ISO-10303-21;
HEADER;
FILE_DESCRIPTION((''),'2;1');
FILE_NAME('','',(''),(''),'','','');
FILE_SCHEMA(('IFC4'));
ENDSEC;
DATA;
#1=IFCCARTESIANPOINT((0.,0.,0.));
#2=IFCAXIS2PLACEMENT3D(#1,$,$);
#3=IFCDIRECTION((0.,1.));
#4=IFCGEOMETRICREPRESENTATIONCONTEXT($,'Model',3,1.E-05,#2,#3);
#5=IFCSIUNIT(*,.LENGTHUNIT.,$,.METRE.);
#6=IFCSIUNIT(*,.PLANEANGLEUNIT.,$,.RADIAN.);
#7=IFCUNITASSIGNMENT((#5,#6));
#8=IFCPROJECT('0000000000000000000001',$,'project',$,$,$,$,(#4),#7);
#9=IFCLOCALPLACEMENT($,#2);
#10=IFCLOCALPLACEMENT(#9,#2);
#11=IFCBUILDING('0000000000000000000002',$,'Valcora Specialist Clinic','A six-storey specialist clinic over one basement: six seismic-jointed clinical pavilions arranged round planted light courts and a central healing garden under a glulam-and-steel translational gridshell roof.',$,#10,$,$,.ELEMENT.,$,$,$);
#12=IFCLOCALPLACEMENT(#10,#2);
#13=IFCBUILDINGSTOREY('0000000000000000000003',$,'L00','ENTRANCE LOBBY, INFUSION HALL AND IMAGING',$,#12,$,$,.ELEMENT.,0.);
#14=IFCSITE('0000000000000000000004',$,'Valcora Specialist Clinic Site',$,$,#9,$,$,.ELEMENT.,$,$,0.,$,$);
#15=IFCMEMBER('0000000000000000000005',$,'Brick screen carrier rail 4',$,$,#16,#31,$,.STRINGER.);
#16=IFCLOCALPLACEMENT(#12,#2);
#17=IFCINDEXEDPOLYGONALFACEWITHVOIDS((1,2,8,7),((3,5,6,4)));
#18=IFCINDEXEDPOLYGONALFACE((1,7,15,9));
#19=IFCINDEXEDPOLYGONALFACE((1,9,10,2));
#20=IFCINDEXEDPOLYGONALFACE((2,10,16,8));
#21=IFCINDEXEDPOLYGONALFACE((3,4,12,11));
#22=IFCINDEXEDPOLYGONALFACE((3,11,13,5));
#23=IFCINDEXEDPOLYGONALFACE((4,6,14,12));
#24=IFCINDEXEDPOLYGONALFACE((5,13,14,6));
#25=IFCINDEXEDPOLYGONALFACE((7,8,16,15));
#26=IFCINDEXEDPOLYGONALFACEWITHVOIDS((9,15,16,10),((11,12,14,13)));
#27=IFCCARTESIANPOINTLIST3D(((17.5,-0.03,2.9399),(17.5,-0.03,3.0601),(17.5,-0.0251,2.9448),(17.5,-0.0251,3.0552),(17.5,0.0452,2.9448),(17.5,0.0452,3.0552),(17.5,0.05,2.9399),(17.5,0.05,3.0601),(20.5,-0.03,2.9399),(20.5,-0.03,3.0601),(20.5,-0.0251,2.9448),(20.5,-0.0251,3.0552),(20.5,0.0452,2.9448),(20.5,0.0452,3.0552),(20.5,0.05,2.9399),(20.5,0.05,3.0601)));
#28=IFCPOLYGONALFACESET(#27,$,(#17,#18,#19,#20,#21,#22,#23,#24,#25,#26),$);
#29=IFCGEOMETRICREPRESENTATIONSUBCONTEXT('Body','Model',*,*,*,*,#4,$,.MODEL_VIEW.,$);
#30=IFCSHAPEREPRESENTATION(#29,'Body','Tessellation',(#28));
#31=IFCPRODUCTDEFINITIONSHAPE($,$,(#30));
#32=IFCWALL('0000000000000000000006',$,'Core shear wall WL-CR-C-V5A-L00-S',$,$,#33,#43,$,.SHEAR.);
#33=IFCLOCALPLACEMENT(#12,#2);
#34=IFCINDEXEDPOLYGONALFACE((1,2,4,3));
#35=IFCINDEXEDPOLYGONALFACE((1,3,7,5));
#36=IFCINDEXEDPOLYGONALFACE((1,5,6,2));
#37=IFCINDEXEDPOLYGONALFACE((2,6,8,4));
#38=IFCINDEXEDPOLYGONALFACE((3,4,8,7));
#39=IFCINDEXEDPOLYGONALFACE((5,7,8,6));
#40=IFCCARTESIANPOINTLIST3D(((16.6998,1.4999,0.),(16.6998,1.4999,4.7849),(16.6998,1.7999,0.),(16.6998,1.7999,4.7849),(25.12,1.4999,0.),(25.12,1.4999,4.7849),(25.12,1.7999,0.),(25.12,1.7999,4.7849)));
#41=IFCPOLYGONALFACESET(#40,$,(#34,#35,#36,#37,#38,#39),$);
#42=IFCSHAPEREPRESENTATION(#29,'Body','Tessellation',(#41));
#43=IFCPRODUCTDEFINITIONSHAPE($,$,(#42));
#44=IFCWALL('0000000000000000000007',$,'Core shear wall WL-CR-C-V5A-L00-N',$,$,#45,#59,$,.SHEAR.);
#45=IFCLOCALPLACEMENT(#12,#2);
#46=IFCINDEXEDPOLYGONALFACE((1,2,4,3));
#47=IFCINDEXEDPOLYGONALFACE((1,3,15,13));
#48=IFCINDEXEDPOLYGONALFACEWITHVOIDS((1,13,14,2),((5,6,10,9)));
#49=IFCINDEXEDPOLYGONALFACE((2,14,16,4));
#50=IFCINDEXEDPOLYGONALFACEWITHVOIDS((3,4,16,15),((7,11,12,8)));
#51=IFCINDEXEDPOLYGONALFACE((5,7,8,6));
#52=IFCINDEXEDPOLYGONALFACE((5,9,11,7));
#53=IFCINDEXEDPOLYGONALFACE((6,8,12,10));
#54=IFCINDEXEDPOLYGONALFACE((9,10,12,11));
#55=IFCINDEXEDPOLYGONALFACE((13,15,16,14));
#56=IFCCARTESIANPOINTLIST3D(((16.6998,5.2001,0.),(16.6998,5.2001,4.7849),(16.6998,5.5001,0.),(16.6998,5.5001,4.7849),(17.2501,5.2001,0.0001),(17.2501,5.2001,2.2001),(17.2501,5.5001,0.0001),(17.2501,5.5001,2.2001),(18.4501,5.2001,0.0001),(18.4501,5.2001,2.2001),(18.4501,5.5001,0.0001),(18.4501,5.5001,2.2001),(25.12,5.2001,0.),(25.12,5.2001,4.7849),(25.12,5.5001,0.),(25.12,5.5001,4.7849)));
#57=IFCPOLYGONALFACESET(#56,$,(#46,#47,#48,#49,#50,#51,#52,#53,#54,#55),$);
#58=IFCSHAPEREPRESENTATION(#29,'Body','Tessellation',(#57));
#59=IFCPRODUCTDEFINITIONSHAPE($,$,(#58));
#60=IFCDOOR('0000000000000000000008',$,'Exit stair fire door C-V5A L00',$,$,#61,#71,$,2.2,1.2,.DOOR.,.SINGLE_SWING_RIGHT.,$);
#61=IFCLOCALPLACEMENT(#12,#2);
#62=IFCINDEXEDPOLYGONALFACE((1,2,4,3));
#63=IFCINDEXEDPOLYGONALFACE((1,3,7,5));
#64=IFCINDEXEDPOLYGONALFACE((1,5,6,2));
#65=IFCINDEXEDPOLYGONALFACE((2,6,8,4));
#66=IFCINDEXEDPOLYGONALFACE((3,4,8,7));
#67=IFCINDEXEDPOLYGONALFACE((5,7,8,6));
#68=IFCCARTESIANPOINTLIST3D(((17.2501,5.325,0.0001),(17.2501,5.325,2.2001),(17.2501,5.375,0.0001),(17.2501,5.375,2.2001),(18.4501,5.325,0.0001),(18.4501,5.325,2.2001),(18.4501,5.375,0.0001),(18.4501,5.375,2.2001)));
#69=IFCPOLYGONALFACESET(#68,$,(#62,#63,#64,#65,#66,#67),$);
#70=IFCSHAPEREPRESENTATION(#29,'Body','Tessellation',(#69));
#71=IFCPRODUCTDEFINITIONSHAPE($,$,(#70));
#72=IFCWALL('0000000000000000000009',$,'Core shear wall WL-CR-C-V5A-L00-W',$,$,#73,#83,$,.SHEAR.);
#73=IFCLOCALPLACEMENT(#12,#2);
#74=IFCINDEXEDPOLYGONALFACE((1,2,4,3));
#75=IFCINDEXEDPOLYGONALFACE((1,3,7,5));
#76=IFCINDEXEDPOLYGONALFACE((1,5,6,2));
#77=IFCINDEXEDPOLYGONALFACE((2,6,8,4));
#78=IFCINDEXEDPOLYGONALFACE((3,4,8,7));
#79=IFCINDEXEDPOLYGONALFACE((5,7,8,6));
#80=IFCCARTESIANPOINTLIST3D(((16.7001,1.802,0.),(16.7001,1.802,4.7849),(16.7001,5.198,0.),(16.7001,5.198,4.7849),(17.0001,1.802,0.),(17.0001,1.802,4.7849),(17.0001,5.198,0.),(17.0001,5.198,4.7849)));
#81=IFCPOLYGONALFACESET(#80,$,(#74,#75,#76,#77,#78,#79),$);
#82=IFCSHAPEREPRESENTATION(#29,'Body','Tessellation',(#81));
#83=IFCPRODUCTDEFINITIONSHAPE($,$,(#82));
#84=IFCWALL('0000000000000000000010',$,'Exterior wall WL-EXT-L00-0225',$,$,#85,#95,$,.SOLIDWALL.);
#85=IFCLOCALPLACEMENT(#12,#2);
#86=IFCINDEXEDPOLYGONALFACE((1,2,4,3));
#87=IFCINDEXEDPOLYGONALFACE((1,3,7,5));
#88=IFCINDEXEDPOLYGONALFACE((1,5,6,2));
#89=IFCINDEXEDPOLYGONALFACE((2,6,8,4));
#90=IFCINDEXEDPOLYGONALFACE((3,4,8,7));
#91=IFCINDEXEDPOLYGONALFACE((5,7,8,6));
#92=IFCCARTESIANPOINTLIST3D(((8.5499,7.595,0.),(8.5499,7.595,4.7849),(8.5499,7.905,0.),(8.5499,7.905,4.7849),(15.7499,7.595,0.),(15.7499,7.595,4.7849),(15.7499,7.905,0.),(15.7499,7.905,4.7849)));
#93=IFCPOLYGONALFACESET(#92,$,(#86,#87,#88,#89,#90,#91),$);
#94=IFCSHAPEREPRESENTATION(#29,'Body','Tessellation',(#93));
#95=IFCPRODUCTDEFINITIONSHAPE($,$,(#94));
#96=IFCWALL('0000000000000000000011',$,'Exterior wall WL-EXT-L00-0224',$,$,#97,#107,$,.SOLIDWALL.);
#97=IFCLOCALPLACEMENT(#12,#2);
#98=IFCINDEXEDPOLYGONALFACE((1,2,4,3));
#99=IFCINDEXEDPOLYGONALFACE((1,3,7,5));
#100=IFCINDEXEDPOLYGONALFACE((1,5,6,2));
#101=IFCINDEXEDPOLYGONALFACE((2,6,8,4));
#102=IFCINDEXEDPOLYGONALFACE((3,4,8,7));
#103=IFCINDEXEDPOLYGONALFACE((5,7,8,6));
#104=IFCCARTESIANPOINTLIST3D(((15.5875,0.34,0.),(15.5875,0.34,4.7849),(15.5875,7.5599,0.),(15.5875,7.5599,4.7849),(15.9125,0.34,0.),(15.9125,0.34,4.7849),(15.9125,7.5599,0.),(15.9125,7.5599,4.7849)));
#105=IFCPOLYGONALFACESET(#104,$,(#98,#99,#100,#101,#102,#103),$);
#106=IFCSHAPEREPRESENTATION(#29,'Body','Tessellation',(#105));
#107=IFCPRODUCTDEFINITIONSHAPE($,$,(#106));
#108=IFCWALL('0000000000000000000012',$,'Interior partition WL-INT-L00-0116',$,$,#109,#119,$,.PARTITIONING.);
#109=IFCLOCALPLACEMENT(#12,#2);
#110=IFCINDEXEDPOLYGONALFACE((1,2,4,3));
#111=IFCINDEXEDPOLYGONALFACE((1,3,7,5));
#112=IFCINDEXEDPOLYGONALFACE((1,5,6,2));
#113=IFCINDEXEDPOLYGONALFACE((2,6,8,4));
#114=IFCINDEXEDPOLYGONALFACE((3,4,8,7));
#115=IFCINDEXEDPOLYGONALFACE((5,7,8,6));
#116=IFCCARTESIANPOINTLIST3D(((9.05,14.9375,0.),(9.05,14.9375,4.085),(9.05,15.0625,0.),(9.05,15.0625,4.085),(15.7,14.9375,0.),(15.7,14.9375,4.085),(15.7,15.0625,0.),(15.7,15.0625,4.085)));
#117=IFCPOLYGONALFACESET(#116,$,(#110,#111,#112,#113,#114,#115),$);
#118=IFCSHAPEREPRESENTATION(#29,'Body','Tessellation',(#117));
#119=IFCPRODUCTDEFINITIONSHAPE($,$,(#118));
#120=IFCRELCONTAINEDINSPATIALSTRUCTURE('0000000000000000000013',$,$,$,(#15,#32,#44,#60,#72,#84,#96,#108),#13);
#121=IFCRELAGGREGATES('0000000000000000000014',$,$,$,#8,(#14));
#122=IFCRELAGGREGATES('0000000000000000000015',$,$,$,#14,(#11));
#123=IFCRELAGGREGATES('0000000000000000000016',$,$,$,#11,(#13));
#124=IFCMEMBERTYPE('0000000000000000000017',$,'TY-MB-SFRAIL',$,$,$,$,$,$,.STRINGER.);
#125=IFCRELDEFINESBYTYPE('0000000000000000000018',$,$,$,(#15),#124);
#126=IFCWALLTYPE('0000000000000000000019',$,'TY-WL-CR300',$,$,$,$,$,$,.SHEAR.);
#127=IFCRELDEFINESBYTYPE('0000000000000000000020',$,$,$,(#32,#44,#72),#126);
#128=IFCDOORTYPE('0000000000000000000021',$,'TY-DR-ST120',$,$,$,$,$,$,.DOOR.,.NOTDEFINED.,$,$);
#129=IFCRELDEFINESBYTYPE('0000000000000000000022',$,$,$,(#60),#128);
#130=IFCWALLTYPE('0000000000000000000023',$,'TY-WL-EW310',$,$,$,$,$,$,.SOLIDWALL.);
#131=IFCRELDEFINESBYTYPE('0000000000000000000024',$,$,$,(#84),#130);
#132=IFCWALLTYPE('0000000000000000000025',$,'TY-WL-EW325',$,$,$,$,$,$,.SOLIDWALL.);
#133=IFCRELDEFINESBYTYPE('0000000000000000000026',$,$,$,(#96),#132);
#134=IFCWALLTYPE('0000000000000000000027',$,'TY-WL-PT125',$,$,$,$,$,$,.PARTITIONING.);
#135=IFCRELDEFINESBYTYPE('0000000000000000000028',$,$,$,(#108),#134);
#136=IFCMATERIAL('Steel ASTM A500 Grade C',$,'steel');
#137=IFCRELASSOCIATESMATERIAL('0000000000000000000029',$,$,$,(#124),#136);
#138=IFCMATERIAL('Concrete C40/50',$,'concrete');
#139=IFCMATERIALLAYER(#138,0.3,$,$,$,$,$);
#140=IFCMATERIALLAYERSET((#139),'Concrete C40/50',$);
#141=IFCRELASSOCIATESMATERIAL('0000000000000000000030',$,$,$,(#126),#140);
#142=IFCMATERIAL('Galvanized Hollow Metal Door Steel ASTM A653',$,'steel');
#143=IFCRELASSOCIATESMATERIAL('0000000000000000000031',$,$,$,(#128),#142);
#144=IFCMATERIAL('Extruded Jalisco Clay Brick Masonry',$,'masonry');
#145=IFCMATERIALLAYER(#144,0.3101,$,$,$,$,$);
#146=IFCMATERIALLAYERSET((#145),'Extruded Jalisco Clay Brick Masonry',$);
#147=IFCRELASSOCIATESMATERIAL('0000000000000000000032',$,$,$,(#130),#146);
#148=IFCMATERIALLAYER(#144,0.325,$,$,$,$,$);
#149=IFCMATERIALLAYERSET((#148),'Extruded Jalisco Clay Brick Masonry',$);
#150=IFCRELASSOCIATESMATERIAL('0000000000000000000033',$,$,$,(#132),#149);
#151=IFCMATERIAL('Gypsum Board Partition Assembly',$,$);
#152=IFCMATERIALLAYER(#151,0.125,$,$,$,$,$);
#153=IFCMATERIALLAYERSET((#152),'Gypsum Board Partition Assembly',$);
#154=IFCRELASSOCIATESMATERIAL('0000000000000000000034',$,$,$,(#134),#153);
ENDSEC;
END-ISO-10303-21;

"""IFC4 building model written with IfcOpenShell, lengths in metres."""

from ifc_helpers import new_model, si_unit, direction, frame, frame_2d, origin, origin_2d, place, context, subcontext, project, spatial, rectangle, hollow_rectangle, extrude, material, layer, layer_set, material_profile, profile_set, type_object, element, fill, save


model = new_model("IFC4")

# Units and contexts
model_context = context("Model", 3, precision=1e-05, world=origin(), true_north=direction((0.0, 1.0)))
body_context = subcontext(model_context, "Body", "Model", "MODEL_VIEW")
ifc_project = project(units=[si_unit("LENGTHUNIT", "METRE"), si_unit("PLANEANGLEUNIT", "RADIAN")], contexts=[model_context])

# Site, building, storey
site_placement = place(None, origin())
site = spatial("IfcSite", under=ifc_project, at=site_placement, Name="Valcora Specialist Clinic Site", CompositionType="ELEMENT", RefElevation=0.0)
building_placement = place(site_placement, origin())
building = spatial("IfcBuilding", under=site, at=building_placement, Name="Valcora Specialist Clinic", Description="A six-storey specialist clinic over one basement: six seismic-jointed clinical pavilions arranged round planted light courts and a central healing garden under a glulam-and-steel translational gridshell roof.", CompositionType="ELEMENT")
storey_placement = place(building_placement, origin())
storey = spatial("IfcBuildingStorey", under=building, at=storey_placement, Name="L00", Description="ENTRANCE LOBBY, INFUSION HALL AND IMAGING", CompositionType="ELEMENT", Elevation=0.0)

# Shared definitions
ifc_material_1 = material(Name="Concrete C40/50", Category="concrete")

# Member
ifc_material_2 = material(Name="Steel ASTM A500 Grade C", Category="steel")
ifc_material_profile_1 = material_profile(ifc_material_2, hollow_rectangle(XDim=0.0801, YDim=0.1201, WallThickness=0.0049, at=origin_2d()), Name="ST-RHS-120X80X5")
ifc_profile_set_1 = profile_set([ifc_material_profile_1], Name="Steel ASTM A500 Grade C")
member_type_1 = type_object("IfcMemberType", Name="TY-MB-SFRAIL", PredefinedType="STRINGER", material=ifc_profile_set_1)
for number, where, z_axis, x_axis, name in (
    (1, (17.5, 0.01, 3.0), (1.0, 0.0, 0.0), (0.0, 1.0, 0.0), "Brick screen carrier rail 4"),
):
    element("IfcMember", number, at=place(storey_placement, frame(where, z_axis=z_axis, x_axis=x_axis)), inside=storey, type_object=member_type_1, Name=name, PredefinedType="STRINGER", context=body_context, shape_type="SweptSolid", body=[
        extrude(hollow_rectangle(XDim=0.0801, YDim=0.1201, WallThickness=0.0049, at=origin_2d()), origin(), (0.0, 0.0, 1.0), 3.0),
    ])

# Wall
ifc_layer_1 = layer(ifc_material_1, 0.3)
ifc_layer_set_1 = layer_set([ifc_layer_1], Name="Concrete C40/50")
wall_type_1 = type_object("IfcWallType", Name="TY-WL-CR300", PredefinedType="SHEAR", material=ifc_layer_set_1)
wall_1_placement = place(storey_placement, frame((16.7, 1.6499, 0.0), z_axis=(0.0, 0.0, 1.0), x_axis=(1.0, 0.0, 0.0)))
element("IfcWall", 2, at=wall_1_placement, inside=storey, type_object=wall_type_1, Name="Core shear wall WL-CR-C-V5A-L00-S", PredefinedType="SHEAR", context=body_context, shape_type="SweptSolid", body=[
    extrude(rectangle(XDim=8.4202, YDim=0.3, at=frame_2d((4.21, 0.0))), origin(), (0.0, 0.0, 1.0), 4.7849),
])

# Wall, opening, door
wall_2_placement = place(storey_placement, frame((16.7, 5.3501, 0.0), z_axis=(0.0, 0.0, 1.0), x_axis=(1.0, 0.0, 0.0)))
wall_2 = element("IfcWall", 3, at=wall_2_placement, inside=storey, type_object=wall_type_1, Name="Core shear wall WL-CR-C-V5A-L00-N", PredefinedType="SHEAR", context=body_context, shape_type="SweptSolid", body=[
    extrude(rectangle(XDim=8.4202, YDim=0.3, at=frame_2d((4.21, 0.0))), origin(), (0.0, 0.0, 1.0), 4.7849),
])
opening_placement = place(wall_2_placement, frame((0.55, 0.0, 0.0)))
opening = element("IfcOpeningElement", 4, at=opening_placement, cuts=wall_2, PredefinedType="OPENING", context=body_context, shape_type="SweptSolid", body=[
    extrude(rectangle(XDim=1.2, YDim=2.2, at=frame_2d((0.6001, 1.1001))), frame((0.0, 0.1599, 0.0), z_axis=(0.0, -1.0, 0.0), x_axis=(1.0, 0.0, 0.0)), (0.0, 0.0, 1.0), 0.3201),
])
ifc_material_3 = material(Name="Galvanized Hollow Metal Door Steel ASTM A653", Category="steel")
door_type = type_object("IfcDoorType", Name="TY-DR-ST120", OperationType="NOTDEFINED", PredefinedType="DOOR", material=ifc_material_3)
door_placement = place(opening_placement, origin())
door = element("IfcDoor", 5, at=door_placement, inside=storey, type_object=door_type, Name="Exit stair fire door C-V5A L00", OperationType="SINGLE_SWING_RIGHT", OverallHeight=2.2, OverallWidth=1.2, PredefinedType="DOOR", context=body_context, shape_type="SweptSolid", body=[
    extrude(rectangle(XDim=1.2, YDim=2.2, at=frame_2d((0.6001, 1.1001))), frame((0.0, 0.0249, 0.0), z_axis=(0.0, -1.0, 0.0), x_axis=(1.0, 0.0, 0.0)), (0.0, 0.0, 1.0), 0.05),
])
fill(opening, door)

# Walls
wall_3_placement = place(storey_placement, frame((16.8501, 1.802, 0.0), z_axis=(0.0, 0.0, 1.0), x_axis=(0.0, 1.0, 0.0)))
element("IfcWall", 6, at=wall_3_placement, inside=storey, type_object=wall_type_1, Name="Core shear wall WL-CR-C-V5A-L00-W", PredefinedType="SHEAR", context=body_context, shape_type="SweptSolid", body=[
    extrude(rectangle(XDim=3.396, YDim=0.3, at=frame_2d((1.698, 0.0))), origin(), (0.0, 0.0, 1.0), 4.7849),
])
ifc_material_4 = material(Name="Extruded Jalisco Clay Brick Masonry", Category="masonry")
ifc_layer_2 = layer(ifc_material_4, 0.3101)
ifc_layer_set_2 = layer_set([ifc_layer_2], Name="Extruded Jalisco Clay Brick Masonry")
wall_type_2 = type_object("IfcWallType", Name="TY-WL-EW310", PredefinedType="SOLIDWALL", material=ifc_layer_set_2)
wall_4_placement = place(storey_placement, frame((15.75, 7.75, 0.0), z_axis=(0.0, 0.0, 1.0), x_axis=(-1.0, 0.0, 0.0)))
element("IfcWall", 7, at=wall_4_placement, inside=storey, type_object=wall_type_2, Name="Exterior wall WL-EXT-L00-0225", PredefinedType="SOLIDWALL", context=body_context, shape_type="SweptSolid", body=[
    extrude(rectangle(XDim=7.2, YDim=0.3101, at=frame_2d((3.6001, 0.0))), origin(), (0.0, 0.0, 1.0), 4.7849),
])
ifc_layer_3 = layer(ifc_material_4, 0.325)
ifc_layer_set_3 = layer_set([ifc_layer_3], Name="Extruded Jalisco Clay Brick Masonry")
wall_type_3 = type_object("IfcWallType", Name="TY-WL-EW325", PredefinedType="SOLIDWALL", material=ifc_layer_set_3)
wall_5_placement = place(storey_placement, frame((15.75, 0.3401, 0.0), z_axis=(0.0, 0.0, 1.0), x_axis=(0.0, 1.0, 0.0)))
element("IfcWall", 8, at=wall_5_placement, inside=storey, type_object=wall_type_3, Name="Exterior wall WL-EXT-L00-0224", PredefinedType="SOLIDWALL", context=body_context, shape_type="SweptSolid", body=[
    extrude(rectangle(XDim=7.22, YDim=0.325, at=frame_2d((3.6099, 0.0))), origin(), (0.0, 0.0, 1.0), 4.7849),
])
ifc_material_5 = material(Name="Gypsum Board Partition Assembly")
ifc_layer_4 = layer(ifc_material_5, 0.125)
ifc_layer_set_4 = layer_set([ifc_layer_4], Name="Gypsum Board Partition Assembly")
wall_type_4 = type_object("IfcWallType", Name="TY-WL-PT125", PredefinedType="PARTITIONING", material=ifc_layer_set_4)
wall_6_placement = place(storey_placement, frame((15.7, 15.0, 0.0), z_axis=(0.0, 0.0, 1.0), x_axis=(-1.0, 0.0, 0.0)))
element("IfcWall", 9, at=wall_6_placement, inside=storey, type_object=wall_type_4, Name="Interior partition WL-INT-L00-0116", PredefinedType="PARTITIONING", context=body_context, shape_type="SweptSolid", body=[
    extrude(rectangle(XDim=6.6499, YDim=0.125, at=frame_2d((3.325, 0.0))), origin(), (0.0, 0.0, 1.0), 4.085),
])

save(model, "model.ifc")
